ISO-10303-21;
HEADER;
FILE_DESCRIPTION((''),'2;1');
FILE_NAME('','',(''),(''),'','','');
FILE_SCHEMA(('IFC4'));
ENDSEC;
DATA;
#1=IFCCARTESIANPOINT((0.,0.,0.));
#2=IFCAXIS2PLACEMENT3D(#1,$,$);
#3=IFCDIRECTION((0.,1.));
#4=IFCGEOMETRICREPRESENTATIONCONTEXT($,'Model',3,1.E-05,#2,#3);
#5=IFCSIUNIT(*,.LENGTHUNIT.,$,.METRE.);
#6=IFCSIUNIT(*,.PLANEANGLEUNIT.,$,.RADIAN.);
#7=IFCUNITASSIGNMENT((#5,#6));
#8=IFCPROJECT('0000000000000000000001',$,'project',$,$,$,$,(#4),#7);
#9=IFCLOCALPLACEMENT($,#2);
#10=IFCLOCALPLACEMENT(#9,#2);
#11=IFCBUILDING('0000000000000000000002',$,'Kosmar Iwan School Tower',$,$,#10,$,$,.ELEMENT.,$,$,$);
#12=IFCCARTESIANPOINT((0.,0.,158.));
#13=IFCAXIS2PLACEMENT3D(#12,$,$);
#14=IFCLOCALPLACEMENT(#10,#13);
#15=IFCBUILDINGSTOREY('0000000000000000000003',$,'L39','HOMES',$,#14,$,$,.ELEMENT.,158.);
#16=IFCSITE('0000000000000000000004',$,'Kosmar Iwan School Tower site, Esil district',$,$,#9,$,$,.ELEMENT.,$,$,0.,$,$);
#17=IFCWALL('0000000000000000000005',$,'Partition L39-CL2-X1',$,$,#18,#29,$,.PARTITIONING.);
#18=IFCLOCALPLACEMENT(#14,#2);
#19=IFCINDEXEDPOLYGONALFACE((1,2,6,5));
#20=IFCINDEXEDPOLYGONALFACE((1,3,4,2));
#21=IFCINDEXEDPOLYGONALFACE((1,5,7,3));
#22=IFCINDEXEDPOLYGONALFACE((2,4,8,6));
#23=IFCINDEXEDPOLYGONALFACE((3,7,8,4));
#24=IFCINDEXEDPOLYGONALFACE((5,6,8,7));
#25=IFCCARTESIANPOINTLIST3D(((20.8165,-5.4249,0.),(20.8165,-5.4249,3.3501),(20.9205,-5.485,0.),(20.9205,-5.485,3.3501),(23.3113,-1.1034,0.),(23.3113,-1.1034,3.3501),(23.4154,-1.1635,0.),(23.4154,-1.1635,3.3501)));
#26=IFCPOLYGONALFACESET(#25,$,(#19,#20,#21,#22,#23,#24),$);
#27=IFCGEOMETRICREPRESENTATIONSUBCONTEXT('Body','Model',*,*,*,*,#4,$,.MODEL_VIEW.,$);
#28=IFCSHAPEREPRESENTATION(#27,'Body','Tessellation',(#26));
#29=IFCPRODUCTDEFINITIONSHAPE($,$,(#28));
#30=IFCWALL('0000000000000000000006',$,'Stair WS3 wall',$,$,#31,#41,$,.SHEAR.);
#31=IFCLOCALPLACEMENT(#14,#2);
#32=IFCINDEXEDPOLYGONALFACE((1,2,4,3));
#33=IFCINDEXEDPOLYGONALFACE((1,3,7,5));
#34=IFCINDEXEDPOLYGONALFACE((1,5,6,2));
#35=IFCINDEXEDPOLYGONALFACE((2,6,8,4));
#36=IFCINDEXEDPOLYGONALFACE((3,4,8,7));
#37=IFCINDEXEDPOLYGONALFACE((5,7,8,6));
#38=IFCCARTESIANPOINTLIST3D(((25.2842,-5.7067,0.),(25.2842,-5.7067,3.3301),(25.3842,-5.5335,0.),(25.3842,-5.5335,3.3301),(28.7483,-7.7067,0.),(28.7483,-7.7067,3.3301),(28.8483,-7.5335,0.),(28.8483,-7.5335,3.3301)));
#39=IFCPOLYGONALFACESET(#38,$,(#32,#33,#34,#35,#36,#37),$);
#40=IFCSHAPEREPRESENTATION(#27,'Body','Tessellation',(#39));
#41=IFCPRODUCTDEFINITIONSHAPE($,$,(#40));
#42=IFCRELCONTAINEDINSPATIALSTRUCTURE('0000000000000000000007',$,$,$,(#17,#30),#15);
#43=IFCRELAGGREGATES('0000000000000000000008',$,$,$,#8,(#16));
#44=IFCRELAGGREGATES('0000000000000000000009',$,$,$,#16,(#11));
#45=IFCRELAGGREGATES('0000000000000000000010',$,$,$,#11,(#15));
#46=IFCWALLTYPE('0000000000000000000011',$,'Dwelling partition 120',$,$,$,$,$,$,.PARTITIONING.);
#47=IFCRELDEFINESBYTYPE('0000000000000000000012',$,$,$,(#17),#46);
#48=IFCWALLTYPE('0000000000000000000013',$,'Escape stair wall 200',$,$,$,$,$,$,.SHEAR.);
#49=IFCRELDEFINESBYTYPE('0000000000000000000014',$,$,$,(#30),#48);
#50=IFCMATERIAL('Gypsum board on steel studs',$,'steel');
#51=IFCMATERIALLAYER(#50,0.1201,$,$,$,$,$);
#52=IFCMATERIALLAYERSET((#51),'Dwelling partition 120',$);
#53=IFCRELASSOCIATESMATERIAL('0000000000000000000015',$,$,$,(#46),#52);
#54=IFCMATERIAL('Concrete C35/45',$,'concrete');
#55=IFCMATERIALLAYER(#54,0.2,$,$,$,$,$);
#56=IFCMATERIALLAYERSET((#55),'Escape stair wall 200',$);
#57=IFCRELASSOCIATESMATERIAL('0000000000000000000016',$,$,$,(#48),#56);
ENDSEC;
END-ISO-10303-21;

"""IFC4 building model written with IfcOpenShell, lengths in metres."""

from ifc_helpers import new_model, si_unit, direction, frame, frame_2d, origin, place, context, subcontext, project, spatial, rectangle, extrude, material, layer, layer_set, type_object, element, save


model = new_model("IFC4")

# Units and contexts
model_context = context("Model", 3, precision=1e-05, world=origin(), true_north=direction((0.0, 1.0)))
body_context = subcontext(model_context, "Body", "Model", "MODEL_VIEW")
ifc_project = project(units=[si_unit("LENGTHUNIT", "METRE"), si_unit("PLANEANGLEUNIT", "RADIAN")], contexts=[model_context])

# Site, building, storey
site_placement = place(None, origin())
site = spatial("IfcSite", under=ifc_project, at=site_placement, Name="Kosmar Iwan School Tower site, Esil district", CompositionType="ELEMENT", RefElevation=0.0)
building_placement = place(site_placement, origin())
building = spatial("IfcBuilding", under=site, at=building_placement, Name="Kosmar Iwan School Tower", CompositionType="ELEMENT")
storey_placement = place(building_placement, frame((0.0, 0.0, 158.0)))
storey = spatial("IfcBuildingStorey", under=building, at=storey_placement, Name="L39", Description="HOMES", CompositionType="ELEMENT", Elevation=158.0)

# Shared definitions
ifc_material_1 = material(Name="Gypsum board on steel studs", Category="steel")
ifc_layer_1 = layer(ifc_material_1, 0.1201)
ifc_layer_set_1 = layer_set([ifc_layer_1], Name="Dwelling partition 120")
wall_type_1 = type_object("IfcWallType", Name="Dwelling partition 120", PredefinedType="PARTITIONING", material=ifc_layer_set_1)

# Walls
wall_1_placement = place(storey_placement, frame((20.8684, -5.4551, 0.0), z_axis=(0.0, 0.0, 1.0), x_axis=(0.499975, 0.86604, 0.0)))
element("IfcWall", 1, at=wall_1_placement, inside=storey, type_object=wall_type_1, Name="Partition L39-CL2-X1", PredefinedType="PARTITIONING", context=body_context, shape_type="SweptSolid", body=[
    extrude(rectangle(XDim=4.99, YDim=0.1201, at=frame_2d((2.4951, 0.0))), origin(), (0.0, 0.0, 1.0), 3.3501),
])
ifc_material_2 = material(Name="Concrete C35/45", Category="concrete")
ifc_layer_2 = layer(ifc_material_2, 0.2)
ifc_layer_set_2 = layer_set([ifc_layer_2], Name="Escape stair wall 200")
wall_type_2 = type_object("IfcWallType", Name="Escape stair wall 200", PredefinedType="SHEAR", material=ifc_layer_set_2)
wall_2_placement = place(storey_placement, frame((25.3342, -5.6201, 0.0), z_axis=(0.0, 0.0, 1.0), x_axis=(0.866026, -0.499999, 0.0)))
element("IfcWall", 2, at=wall_2_placement, inside=storey, type_object=wall_type_2, Name="Stair WS3 wall", PredefinedType="SHEAR", context=body_context, shape_type="SweptSolid", body=[
    extrude(rectangle(XDim=4.0, YDim=0.2, at=frame_2d((2.0, 0.0))), origin(), (0.0, 0.0, 1.0), 3.3301),
])

save(model, "model.ifc")
